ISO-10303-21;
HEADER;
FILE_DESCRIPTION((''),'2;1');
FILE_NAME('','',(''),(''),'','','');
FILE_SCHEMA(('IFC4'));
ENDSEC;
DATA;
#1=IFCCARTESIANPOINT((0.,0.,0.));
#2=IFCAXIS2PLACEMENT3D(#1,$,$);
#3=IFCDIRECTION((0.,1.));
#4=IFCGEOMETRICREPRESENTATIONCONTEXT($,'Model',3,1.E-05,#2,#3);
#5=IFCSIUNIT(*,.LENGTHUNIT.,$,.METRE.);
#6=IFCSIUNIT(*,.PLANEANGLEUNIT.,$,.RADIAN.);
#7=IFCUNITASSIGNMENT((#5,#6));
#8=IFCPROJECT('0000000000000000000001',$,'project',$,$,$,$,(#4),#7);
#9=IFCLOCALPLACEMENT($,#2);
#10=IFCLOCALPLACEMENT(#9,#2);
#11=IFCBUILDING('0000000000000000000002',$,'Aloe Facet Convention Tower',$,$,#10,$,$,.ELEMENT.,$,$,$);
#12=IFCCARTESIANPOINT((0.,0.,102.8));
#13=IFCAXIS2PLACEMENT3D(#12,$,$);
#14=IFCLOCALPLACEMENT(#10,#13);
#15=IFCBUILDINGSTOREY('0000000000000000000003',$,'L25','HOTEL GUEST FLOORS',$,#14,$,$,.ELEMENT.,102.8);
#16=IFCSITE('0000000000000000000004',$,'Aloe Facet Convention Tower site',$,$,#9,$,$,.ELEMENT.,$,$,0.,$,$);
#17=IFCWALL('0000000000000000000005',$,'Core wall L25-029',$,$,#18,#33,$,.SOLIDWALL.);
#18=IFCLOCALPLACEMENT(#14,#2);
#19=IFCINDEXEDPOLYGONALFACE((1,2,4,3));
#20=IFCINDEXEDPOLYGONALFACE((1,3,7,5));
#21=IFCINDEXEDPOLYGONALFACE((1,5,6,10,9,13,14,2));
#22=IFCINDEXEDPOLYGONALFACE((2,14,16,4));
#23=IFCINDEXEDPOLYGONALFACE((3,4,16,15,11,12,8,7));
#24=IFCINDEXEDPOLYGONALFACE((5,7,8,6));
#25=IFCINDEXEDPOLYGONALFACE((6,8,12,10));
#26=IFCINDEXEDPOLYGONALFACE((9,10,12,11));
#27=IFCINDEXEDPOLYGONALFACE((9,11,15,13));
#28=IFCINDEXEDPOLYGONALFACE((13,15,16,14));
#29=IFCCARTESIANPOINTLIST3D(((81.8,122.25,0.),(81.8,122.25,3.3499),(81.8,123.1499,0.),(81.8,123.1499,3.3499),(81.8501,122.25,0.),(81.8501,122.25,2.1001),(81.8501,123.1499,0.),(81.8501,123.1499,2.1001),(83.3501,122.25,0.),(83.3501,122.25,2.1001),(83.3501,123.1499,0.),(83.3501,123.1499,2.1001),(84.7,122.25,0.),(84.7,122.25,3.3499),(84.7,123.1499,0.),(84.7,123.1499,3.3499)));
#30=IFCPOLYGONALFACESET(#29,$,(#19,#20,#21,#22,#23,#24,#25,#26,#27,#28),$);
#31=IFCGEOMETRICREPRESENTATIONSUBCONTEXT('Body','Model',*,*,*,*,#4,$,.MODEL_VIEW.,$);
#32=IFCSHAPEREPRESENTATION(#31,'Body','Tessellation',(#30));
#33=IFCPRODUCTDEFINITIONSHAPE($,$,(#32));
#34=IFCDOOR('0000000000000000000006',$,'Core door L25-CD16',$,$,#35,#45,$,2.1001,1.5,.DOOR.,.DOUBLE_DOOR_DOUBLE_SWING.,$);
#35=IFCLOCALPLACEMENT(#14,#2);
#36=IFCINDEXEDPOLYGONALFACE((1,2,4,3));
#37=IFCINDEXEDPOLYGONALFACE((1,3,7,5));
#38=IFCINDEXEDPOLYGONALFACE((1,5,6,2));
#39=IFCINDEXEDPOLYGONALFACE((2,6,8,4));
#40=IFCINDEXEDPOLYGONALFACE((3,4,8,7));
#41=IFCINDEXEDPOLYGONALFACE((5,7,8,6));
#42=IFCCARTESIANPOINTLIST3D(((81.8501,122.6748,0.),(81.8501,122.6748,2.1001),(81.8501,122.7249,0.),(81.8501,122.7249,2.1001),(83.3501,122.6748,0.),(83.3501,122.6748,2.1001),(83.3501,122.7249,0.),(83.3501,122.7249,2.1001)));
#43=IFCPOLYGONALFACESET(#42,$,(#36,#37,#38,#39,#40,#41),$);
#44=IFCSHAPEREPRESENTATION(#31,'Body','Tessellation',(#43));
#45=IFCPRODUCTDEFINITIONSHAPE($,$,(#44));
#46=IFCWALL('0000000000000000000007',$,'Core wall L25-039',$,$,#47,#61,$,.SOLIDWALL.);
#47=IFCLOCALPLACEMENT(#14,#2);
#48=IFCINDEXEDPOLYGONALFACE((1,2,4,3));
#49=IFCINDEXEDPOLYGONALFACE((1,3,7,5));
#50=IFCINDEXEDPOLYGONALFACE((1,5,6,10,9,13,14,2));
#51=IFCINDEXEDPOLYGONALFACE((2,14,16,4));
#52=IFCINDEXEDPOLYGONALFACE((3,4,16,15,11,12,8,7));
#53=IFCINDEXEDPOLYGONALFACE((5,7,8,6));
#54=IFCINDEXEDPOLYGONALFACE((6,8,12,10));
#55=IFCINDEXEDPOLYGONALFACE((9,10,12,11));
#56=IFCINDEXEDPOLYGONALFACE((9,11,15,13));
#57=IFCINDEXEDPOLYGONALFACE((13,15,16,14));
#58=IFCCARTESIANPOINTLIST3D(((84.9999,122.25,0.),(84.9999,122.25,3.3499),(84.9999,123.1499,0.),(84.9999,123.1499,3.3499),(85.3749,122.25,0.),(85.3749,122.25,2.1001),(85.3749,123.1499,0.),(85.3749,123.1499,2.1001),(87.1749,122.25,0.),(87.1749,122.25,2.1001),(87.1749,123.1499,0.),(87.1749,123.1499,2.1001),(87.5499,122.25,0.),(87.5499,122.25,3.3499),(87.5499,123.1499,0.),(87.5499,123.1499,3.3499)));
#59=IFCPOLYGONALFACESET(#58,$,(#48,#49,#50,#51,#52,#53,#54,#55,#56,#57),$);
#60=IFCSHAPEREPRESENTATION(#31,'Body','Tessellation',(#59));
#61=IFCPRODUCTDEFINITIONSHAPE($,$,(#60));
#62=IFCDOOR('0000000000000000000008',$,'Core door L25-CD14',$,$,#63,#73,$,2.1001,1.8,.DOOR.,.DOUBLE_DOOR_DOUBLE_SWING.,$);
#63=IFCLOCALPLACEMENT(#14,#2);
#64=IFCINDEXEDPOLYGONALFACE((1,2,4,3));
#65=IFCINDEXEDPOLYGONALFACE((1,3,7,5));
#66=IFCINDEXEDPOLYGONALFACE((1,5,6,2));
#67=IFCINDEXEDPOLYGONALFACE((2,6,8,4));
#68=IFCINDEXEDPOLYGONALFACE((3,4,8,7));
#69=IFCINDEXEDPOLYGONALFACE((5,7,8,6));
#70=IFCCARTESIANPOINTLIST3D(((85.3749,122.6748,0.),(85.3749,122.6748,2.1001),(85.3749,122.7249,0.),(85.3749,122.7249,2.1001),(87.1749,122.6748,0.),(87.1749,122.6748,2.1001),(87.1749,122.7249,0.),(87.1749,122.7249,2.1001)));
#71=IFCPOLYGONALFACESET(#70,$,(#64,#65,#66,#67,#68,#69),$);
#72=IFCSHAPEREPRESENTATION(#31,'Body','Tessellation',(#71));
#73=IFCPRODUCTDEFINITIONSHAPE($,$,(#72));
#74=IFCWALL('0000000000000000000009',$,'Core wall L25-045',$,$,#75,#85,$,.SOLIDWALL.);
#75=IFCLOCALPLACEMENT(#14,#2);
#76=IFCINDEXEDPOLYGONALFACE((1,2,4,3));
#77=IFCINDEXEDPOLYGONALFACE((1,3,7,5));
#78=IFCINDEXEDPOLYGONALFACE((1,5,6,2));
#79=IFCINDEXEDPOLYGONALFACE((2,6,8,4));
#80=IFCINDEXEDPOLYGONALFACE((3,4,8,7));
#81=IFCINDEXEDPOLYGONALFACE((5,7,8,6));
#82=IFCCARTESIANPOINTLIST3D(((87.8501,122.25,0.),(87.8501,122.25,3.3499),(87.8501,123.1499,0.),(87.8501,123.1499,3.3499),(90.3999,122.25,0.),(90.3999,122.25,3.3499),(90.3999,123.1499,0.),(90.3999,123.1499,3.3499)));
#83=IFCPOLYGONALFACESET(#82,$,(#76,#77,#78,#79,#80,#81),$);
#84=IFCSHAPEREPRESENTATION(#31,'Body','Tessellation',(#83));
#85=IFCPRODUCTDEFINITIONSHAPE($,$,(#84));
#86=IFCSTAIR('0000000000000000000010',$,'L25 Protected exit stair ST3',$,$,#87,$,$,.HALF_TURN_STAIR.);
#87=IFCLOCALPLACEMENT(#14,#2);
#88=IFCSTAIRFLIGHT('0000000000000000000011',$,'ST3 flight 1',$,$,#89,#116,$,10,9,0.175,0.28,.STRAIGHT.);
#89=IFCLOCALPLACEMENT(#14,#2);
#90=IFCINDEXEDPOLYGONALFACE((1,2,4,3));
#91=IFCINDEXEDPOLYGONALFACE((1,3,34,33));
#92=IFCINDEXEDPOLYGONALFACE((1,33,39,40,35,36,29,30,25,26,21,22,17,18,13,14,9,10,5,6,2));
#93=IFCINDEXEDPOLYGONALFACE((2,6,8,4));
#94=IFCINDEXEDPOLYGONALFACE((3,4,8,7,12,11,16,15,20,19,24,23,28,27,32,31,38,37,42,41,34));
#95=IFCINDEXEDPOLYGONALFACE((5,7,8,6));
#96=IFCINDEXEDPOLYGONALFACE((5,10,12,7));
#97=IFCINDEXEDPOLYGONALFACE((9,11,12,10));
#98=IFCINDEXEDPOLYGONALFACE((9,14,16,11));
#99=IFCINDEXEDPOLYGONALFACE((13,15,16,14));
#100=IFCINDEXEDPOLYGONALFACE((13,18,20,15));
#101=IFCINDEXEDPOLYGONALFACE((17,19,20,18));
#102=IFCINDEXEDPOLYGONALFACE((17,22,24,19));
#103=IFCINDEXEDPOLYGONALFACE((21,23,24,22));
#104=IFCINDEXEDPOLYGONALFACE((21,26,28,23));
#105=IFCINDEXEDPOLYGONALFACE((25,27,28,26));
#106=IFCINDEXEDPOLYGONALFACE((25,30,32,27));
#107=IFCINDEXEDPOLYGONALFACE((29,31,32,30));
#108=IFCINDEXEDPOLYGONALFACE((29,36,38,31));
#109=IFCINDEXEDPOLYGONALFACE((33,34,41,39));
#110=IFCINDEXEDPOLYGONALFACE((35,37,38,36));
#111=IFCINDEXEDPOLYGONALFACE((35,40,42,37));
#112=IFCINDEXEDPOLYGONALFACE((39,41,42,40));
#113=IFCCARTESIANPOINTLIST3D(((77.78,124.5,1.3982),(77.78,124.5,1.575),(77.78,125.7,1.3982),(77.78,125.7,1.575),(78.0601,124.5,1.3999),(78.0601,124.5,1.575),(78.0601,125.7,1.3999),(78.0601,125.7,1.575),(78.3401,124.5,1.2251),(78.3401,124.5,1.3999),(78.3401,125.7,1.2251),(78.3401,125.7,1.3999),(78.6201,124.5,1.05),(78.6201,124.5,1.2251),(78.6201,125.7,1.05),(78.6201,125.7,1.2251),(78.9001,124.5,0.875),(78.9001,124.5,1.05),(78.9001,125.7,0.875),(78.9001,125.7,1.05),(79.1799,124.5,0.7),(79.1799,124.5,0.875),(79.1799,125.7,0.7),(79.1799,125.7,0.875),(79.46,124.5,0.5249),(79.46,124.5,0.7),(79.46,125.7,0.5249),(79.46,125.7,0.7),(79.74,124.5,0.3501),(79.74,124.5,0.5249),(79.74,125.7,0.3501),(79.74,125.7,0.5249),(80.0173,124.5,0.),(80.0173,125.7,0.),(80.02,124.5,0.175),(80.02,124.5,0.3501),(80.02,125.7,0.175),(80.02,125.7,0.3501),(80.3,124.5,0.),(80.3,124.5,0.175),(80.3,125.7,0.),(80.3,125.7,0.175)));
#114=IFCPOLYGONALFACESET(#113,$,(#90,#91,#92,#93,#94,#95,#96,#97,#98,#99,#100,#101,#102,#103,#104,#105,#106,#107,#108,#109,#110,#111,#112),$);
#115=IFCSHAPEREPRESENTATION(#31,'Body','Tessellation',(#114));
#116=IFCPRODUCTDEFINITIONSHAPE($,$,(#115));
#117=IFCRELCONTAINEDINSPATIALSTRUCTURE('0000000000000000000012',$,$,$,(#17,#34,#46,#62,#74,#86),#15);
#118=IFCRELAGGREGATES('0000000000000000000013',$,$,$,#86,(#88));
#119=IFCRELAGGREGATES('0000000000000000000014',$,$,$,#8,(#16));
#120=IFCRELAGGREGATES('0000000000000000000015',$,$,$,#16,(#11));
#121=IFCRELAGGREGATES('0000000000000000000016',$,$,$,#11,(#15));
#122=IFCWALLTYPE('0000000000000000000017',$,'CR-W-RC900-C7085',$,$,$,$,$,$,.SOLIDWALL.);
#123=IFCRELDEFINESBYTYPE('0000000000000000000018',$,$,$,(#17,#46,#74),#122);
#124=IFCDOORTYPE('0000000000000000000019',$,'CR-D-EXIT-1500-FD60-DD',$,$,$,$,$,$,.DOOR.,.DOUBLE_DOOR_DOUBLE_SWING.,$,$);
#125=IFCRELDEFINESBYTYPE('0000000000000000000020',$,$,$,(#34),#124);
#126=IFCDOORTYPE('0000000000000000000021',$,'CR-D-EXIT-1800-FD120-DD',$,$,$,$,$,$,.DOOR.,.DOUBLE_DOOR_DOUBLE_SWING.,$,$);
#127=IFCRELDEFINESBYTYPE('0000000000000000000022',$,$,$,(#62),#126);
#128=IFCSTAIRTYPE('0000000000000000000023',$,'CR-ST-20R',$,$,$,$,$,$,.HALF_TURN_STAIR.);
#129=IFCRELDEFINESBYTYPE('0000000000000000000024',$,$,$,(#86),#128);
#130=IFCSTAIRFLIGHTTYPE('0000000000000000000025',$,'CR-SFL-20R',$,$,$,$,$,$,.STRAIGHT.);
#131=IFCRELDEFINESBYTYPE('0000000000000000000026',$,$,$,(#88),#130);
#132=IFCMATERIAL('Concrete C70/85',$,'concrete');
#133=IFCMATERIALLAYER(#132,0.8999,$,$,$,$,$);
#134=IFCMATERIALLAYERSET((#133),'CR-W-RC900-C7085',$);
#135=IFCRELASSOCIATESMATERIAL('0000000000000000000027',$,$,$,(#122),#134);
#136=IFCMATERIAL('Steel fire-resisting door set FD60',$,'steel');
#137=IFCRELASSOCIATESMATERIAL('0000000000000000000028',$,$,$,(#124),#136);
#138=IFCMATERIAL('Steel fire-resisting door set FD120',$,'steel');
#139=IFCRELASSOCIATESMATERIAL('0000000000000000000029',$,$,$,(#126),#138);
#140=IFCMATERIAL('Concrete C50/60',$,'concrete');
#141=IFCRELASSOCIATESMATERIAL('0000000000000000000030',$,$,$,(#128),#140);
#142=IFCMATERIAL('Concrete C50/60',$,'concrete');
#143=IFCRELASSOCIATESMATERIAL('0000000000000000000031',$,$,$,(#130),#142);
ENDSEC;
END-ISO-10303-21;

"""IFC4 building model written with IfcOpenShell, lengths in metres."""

from ifc_helpers import new_model, si_unit, direction, frame, frame_2d, origin, place, context, subcontext, project, spatial, polyline, rectangle, outline, extrude, material, layer, layer_set, type_object, element, fill, aggregate, save


model = new_model("IFC4")

# Units and contexts
model_context = context("Model", 3, precision=1e-05, world=origin(), true_north=direction((0.0, 1.0)))
body_context = subcontext(model_context, "Body", "Model", "MODEL_VIEW")
ifc_project = project(units=[si_unit("LENGTHUNIT", "METRE"), si_unit("PLANEANGLEUNIT", "RADIAN")], contexts=[model_context])

# Site, building, storey
site_placement = place(None, origin())
site = spatial("IfcSite", under=ifc_project, at=site_placement, Name="Aloe Facet Convention Tower site", CompositionType="ELEMENT", RefElevation=0.0)
building_placement = place(site_placement, origin())
building = spatial("IfcBuilding", under=site, at=building_placement, Name="Aloe Facet Convention Tower", CompositionType="ELEMENT")
storey_placement = place(building_placement, frame((0.0, 0.0, 102.8)))
storey = spatial("IfcBuildingStorey", under=building, at=storey_placement, Name="L25", Description="HOTEL GUEST FLOORS", CompositionType="ELEMENT", Elevation=102.8)

# Walls, openings, doors
ifc_material_1 = material(Name="Concrete C70/85", Category="concrete")
ifc_layer_1 = layer(ifc_material_1, 0.8999)
ifc_layer_set_1 = layer_set([ifc_layer_1], Name="CR-W-RC900-C7085")
wall_type_1 = type_object("IfcWallType", Name="CR-W-RC900-C7085", PredefinedType="SOLIDWALL", material=ifc_layer_set_1)
wall_1_placement = place(storey_placement, frame((81.8, 122.7, 0.0), z_axis=(0.0, 0.0, 1.0), x_axis=(1.0, 0.0, 0.0)))
wall_1 = element("IfcWall", 1, at=wall_1_placement, inside=storey, type_object=wall_type_1, Name="Core wall L25-029", PredefinedType="SOLIDWALL", context=body_context, shape_type="SweptSolid", body=[
    extrude(rectangle(XDim=2.8999, YDim=0.8999, at=frame_2d((1.45, 0.0))), origin(), (0.0, 0.0, 1.0), 3.3499),
])
opening_1_placement = place(wall_1_placement, frame((0.05, 0.0, 0.0)))
opening_1 = element("IfcOpeningElement", 2, at=opening_1_placement, cuts=wall_1, PredefinedType="OPENING", context=body_context, shape_type="SweptSolid", body=[
    extrude(rectangle(XDim=1.5, YDim=2.1001, at=frame_2d((0.75, 1.05))), frame((0.0, 0.46, 0.0), z_axis=(0.0, -1.0, 0.0), x_axis=(1.0, 0.0, 0.0)), (0.0, 0.0, 1.0), 0.9199),
])
ifc_material_2 = material(Name="Steel fire-resisting door set FD60", Category="steel")
door_type_1 = type_object("IfcDoorType", Name="CR-D-EXIT-1500-FD60-DD", OperationType="DOUBLE_DOOR_DOUBLE_SWING", PredefinedType="DOOR", material=ifc_material_2)
door_1_placement = place(opening_1_placement, origin())
door_1 = element("IfcDoor", 3, at=door_1_placement, inside=storey, type_object=door_type_1, Name="Core door L25-CD16", OperationType="DOUBLE_DOOR_DOUBLE_SWING", OverallHeight=2.1001, OverallWidth=1.5, PredefinedType="DOOR", context=body_context, shape_type="SweptSolid", body=[
    extrude(rectangle(XDim=1.5, YDim=2.1001, at=frame_2d((0.75, 1.05))), frame((0.0, 0.0249, 0.0), z_axis=(0.0, -1.0, 0.0), x_axis=(1.0, 0.0, 0.0)), (0.0, 0.0, 1.0), 0.05),
])
fill(opening_1, door_1)
wall_2_placement = place(storey_placement, frame((85.0, 122.7, 0.0), z_axis=(0.0, 0.0, 1.0), x_axis=(1.0, 0.0, 0.0)))
wall_2 = element("IfcWall", 4, at=wall_2_placement, inside=storey, type_object=wall_type_1, Name="Core wall L25-039", PredefinedType="SOLIDWALL", context=body_context, shape_type="SweptSolid", body=[
    extrude(rectangle(XDim=2.55, YDim=0.8999, at=frame_2d((1.2749, 0.0))), origin(), (0.0, 0.0, 1.0), 3.3499),
])
opening_2_placement = place(wall_2_placement, frame((0.375, 0.0, 0.0)))
opening_2 = element("IfcOpeningElement", 5, at=opening_2_placement, cuts=wall_2, PredefinedType="OPENING", context=body_context, shape_type="SweptSolid", body=[
    extrude(rectangle(XDim=1.8, YDim=2.1001, at=frame_2d((0.8999, 1.05))), frame((0.0, 0.46, 0.0), z_axis=(0.0, -1.0, 0.0), x_axis=(1.0, 0.0, 0.0)), (0.0, 0.0, 1.0), 0.9199),
])
ifc_material_3 = material(Name="Steel fire-resisting door set FD120", Category="steel")
door_type_2 = type_object("IfcDoorType", Name="CR-D-EXIT-1800-FD120-DD", OperationType="DOUBLE_DOOR_DOUBLE_SWING", PredefinedType="DOOR", material=ifc_material_3)
door_2_placement = place(opening_2_placement, origin())
door_2 = element("IfcDoor", 6, at=door_2_placement, inside=storey, type_object=door_type_2, Name="Core door L25-CD14", OperationType="DOUBLE_DOOR_DOUBLE_SWING", OverallHeight=2.1001, OverallWidth=1.8, PredefinedType="DOOR", context=body_context, shape_type="SweptSolid", body=[
    extrude(rectangle(XDim=1.8, YDim=2.1001, at=frame_2d((0.8999, 1.05))), frame((0.0, 0.0249, 0.0), z_axis=(0.0, -1.0, 0.0), x_axis=(1.0, 0.0, 0.0)), (0.0, 0.0, 1.0), 0.05),
])
fill(opening_2, door_2)

# Wall
wall_3_placement = place(storey_placement, frame((87.8501, 122.7, 0.0), z_axis=(0.0, 0.0, 1.0), x_axis=(1.0, 0.0, 0.0)))
element("IfcWall", 7, at=wall_3_placement, inside=storey, type_object=wall_type_1, Name="Core wall L25-045", PredefinedType="SOLIDWALL", context=body_context, shape_type="SweptSolid", body=[
    extrude(rectangle(XDim=2.5498, YDim=0.8999, at=frame_2d((1.2749, 0.0))), origin(), (0.0, 0.0, 1.0), 3.3499),
])

# Stair, stair flight
ifc_material_4 = material(Name="Concrete C50/60", Category="concrete")
stair_type = type_object("IfcStairType", Name="CR-ST-20R", PredefinedType="HALF_TURN_STAIR", material=ifc_material_4)
stair_placement = place(storey_placement, origin())
stair = element("IfcStair", 8, at=stair_placement, inside=storey, type_object=stair_type, Name="L25 Protected exit stair ST3", PredefinedType="HALF_TURN_STAIR")
ifc_material_5 = material(Name="Concrete C50/60", Category="concrete")
stair_flight_type = type_object("IfcStairFlightType", Name="CR-SFL-20R", PredefinedType="STRAIGHT", material=ifc_material_5)
stair_flight_placement = place(storey_placement, frame((80.3, 125.1001, 0.0), z_axis=(0.0, 0.0, 1.0), x_axis=(-1.0, 0.0, 0.0)))
stair_flight = element("IfcStairFlight", 9, at=stair_flight_placement, type_object=stair_flight_type, Name="ST3 flight 1", NumberOfRisers=10, NumberOfTreads=9, PredefinedType="STRAIGHT", RiserHeight=0.175, TreadLength=0.28, context=body_context, shape_type="SweptSolid", body=[
    extrude(outline(polyline([(0.0, 0.0), (0.0, 0.175), (0.28, 0.175), (0.28, 0.3501), (0.5601, 0.3501), (0.5601, 0.5249), (0.8401, 0.5249), (0.8401, 0.7), (1.1201, 0.7), (1.1201, 0.875), (1.3999, 0.875), (1.3999, 1.05), (1.6799, 1.05), (1.6799, 1.2251), (1.96, 1.2251), (1.96, 1.3999), (2.24, 1.3999), (2.24, 1.575), (2.52, 1.575), (2.52, 1.75), (2.52, 1.3982), (0.2827, 0.0), (0.0, 0.0)])), frame((0.0, 0.6001, 0.0), z_axis=(0.0, -1.0, 0.0), x_axis=(1.0, 0.0, 0.0)), (0.0, 0.0, 1.0), 1.2),
])
aggregate(stair, [stair_flight])

save(model, "model.ifc")
